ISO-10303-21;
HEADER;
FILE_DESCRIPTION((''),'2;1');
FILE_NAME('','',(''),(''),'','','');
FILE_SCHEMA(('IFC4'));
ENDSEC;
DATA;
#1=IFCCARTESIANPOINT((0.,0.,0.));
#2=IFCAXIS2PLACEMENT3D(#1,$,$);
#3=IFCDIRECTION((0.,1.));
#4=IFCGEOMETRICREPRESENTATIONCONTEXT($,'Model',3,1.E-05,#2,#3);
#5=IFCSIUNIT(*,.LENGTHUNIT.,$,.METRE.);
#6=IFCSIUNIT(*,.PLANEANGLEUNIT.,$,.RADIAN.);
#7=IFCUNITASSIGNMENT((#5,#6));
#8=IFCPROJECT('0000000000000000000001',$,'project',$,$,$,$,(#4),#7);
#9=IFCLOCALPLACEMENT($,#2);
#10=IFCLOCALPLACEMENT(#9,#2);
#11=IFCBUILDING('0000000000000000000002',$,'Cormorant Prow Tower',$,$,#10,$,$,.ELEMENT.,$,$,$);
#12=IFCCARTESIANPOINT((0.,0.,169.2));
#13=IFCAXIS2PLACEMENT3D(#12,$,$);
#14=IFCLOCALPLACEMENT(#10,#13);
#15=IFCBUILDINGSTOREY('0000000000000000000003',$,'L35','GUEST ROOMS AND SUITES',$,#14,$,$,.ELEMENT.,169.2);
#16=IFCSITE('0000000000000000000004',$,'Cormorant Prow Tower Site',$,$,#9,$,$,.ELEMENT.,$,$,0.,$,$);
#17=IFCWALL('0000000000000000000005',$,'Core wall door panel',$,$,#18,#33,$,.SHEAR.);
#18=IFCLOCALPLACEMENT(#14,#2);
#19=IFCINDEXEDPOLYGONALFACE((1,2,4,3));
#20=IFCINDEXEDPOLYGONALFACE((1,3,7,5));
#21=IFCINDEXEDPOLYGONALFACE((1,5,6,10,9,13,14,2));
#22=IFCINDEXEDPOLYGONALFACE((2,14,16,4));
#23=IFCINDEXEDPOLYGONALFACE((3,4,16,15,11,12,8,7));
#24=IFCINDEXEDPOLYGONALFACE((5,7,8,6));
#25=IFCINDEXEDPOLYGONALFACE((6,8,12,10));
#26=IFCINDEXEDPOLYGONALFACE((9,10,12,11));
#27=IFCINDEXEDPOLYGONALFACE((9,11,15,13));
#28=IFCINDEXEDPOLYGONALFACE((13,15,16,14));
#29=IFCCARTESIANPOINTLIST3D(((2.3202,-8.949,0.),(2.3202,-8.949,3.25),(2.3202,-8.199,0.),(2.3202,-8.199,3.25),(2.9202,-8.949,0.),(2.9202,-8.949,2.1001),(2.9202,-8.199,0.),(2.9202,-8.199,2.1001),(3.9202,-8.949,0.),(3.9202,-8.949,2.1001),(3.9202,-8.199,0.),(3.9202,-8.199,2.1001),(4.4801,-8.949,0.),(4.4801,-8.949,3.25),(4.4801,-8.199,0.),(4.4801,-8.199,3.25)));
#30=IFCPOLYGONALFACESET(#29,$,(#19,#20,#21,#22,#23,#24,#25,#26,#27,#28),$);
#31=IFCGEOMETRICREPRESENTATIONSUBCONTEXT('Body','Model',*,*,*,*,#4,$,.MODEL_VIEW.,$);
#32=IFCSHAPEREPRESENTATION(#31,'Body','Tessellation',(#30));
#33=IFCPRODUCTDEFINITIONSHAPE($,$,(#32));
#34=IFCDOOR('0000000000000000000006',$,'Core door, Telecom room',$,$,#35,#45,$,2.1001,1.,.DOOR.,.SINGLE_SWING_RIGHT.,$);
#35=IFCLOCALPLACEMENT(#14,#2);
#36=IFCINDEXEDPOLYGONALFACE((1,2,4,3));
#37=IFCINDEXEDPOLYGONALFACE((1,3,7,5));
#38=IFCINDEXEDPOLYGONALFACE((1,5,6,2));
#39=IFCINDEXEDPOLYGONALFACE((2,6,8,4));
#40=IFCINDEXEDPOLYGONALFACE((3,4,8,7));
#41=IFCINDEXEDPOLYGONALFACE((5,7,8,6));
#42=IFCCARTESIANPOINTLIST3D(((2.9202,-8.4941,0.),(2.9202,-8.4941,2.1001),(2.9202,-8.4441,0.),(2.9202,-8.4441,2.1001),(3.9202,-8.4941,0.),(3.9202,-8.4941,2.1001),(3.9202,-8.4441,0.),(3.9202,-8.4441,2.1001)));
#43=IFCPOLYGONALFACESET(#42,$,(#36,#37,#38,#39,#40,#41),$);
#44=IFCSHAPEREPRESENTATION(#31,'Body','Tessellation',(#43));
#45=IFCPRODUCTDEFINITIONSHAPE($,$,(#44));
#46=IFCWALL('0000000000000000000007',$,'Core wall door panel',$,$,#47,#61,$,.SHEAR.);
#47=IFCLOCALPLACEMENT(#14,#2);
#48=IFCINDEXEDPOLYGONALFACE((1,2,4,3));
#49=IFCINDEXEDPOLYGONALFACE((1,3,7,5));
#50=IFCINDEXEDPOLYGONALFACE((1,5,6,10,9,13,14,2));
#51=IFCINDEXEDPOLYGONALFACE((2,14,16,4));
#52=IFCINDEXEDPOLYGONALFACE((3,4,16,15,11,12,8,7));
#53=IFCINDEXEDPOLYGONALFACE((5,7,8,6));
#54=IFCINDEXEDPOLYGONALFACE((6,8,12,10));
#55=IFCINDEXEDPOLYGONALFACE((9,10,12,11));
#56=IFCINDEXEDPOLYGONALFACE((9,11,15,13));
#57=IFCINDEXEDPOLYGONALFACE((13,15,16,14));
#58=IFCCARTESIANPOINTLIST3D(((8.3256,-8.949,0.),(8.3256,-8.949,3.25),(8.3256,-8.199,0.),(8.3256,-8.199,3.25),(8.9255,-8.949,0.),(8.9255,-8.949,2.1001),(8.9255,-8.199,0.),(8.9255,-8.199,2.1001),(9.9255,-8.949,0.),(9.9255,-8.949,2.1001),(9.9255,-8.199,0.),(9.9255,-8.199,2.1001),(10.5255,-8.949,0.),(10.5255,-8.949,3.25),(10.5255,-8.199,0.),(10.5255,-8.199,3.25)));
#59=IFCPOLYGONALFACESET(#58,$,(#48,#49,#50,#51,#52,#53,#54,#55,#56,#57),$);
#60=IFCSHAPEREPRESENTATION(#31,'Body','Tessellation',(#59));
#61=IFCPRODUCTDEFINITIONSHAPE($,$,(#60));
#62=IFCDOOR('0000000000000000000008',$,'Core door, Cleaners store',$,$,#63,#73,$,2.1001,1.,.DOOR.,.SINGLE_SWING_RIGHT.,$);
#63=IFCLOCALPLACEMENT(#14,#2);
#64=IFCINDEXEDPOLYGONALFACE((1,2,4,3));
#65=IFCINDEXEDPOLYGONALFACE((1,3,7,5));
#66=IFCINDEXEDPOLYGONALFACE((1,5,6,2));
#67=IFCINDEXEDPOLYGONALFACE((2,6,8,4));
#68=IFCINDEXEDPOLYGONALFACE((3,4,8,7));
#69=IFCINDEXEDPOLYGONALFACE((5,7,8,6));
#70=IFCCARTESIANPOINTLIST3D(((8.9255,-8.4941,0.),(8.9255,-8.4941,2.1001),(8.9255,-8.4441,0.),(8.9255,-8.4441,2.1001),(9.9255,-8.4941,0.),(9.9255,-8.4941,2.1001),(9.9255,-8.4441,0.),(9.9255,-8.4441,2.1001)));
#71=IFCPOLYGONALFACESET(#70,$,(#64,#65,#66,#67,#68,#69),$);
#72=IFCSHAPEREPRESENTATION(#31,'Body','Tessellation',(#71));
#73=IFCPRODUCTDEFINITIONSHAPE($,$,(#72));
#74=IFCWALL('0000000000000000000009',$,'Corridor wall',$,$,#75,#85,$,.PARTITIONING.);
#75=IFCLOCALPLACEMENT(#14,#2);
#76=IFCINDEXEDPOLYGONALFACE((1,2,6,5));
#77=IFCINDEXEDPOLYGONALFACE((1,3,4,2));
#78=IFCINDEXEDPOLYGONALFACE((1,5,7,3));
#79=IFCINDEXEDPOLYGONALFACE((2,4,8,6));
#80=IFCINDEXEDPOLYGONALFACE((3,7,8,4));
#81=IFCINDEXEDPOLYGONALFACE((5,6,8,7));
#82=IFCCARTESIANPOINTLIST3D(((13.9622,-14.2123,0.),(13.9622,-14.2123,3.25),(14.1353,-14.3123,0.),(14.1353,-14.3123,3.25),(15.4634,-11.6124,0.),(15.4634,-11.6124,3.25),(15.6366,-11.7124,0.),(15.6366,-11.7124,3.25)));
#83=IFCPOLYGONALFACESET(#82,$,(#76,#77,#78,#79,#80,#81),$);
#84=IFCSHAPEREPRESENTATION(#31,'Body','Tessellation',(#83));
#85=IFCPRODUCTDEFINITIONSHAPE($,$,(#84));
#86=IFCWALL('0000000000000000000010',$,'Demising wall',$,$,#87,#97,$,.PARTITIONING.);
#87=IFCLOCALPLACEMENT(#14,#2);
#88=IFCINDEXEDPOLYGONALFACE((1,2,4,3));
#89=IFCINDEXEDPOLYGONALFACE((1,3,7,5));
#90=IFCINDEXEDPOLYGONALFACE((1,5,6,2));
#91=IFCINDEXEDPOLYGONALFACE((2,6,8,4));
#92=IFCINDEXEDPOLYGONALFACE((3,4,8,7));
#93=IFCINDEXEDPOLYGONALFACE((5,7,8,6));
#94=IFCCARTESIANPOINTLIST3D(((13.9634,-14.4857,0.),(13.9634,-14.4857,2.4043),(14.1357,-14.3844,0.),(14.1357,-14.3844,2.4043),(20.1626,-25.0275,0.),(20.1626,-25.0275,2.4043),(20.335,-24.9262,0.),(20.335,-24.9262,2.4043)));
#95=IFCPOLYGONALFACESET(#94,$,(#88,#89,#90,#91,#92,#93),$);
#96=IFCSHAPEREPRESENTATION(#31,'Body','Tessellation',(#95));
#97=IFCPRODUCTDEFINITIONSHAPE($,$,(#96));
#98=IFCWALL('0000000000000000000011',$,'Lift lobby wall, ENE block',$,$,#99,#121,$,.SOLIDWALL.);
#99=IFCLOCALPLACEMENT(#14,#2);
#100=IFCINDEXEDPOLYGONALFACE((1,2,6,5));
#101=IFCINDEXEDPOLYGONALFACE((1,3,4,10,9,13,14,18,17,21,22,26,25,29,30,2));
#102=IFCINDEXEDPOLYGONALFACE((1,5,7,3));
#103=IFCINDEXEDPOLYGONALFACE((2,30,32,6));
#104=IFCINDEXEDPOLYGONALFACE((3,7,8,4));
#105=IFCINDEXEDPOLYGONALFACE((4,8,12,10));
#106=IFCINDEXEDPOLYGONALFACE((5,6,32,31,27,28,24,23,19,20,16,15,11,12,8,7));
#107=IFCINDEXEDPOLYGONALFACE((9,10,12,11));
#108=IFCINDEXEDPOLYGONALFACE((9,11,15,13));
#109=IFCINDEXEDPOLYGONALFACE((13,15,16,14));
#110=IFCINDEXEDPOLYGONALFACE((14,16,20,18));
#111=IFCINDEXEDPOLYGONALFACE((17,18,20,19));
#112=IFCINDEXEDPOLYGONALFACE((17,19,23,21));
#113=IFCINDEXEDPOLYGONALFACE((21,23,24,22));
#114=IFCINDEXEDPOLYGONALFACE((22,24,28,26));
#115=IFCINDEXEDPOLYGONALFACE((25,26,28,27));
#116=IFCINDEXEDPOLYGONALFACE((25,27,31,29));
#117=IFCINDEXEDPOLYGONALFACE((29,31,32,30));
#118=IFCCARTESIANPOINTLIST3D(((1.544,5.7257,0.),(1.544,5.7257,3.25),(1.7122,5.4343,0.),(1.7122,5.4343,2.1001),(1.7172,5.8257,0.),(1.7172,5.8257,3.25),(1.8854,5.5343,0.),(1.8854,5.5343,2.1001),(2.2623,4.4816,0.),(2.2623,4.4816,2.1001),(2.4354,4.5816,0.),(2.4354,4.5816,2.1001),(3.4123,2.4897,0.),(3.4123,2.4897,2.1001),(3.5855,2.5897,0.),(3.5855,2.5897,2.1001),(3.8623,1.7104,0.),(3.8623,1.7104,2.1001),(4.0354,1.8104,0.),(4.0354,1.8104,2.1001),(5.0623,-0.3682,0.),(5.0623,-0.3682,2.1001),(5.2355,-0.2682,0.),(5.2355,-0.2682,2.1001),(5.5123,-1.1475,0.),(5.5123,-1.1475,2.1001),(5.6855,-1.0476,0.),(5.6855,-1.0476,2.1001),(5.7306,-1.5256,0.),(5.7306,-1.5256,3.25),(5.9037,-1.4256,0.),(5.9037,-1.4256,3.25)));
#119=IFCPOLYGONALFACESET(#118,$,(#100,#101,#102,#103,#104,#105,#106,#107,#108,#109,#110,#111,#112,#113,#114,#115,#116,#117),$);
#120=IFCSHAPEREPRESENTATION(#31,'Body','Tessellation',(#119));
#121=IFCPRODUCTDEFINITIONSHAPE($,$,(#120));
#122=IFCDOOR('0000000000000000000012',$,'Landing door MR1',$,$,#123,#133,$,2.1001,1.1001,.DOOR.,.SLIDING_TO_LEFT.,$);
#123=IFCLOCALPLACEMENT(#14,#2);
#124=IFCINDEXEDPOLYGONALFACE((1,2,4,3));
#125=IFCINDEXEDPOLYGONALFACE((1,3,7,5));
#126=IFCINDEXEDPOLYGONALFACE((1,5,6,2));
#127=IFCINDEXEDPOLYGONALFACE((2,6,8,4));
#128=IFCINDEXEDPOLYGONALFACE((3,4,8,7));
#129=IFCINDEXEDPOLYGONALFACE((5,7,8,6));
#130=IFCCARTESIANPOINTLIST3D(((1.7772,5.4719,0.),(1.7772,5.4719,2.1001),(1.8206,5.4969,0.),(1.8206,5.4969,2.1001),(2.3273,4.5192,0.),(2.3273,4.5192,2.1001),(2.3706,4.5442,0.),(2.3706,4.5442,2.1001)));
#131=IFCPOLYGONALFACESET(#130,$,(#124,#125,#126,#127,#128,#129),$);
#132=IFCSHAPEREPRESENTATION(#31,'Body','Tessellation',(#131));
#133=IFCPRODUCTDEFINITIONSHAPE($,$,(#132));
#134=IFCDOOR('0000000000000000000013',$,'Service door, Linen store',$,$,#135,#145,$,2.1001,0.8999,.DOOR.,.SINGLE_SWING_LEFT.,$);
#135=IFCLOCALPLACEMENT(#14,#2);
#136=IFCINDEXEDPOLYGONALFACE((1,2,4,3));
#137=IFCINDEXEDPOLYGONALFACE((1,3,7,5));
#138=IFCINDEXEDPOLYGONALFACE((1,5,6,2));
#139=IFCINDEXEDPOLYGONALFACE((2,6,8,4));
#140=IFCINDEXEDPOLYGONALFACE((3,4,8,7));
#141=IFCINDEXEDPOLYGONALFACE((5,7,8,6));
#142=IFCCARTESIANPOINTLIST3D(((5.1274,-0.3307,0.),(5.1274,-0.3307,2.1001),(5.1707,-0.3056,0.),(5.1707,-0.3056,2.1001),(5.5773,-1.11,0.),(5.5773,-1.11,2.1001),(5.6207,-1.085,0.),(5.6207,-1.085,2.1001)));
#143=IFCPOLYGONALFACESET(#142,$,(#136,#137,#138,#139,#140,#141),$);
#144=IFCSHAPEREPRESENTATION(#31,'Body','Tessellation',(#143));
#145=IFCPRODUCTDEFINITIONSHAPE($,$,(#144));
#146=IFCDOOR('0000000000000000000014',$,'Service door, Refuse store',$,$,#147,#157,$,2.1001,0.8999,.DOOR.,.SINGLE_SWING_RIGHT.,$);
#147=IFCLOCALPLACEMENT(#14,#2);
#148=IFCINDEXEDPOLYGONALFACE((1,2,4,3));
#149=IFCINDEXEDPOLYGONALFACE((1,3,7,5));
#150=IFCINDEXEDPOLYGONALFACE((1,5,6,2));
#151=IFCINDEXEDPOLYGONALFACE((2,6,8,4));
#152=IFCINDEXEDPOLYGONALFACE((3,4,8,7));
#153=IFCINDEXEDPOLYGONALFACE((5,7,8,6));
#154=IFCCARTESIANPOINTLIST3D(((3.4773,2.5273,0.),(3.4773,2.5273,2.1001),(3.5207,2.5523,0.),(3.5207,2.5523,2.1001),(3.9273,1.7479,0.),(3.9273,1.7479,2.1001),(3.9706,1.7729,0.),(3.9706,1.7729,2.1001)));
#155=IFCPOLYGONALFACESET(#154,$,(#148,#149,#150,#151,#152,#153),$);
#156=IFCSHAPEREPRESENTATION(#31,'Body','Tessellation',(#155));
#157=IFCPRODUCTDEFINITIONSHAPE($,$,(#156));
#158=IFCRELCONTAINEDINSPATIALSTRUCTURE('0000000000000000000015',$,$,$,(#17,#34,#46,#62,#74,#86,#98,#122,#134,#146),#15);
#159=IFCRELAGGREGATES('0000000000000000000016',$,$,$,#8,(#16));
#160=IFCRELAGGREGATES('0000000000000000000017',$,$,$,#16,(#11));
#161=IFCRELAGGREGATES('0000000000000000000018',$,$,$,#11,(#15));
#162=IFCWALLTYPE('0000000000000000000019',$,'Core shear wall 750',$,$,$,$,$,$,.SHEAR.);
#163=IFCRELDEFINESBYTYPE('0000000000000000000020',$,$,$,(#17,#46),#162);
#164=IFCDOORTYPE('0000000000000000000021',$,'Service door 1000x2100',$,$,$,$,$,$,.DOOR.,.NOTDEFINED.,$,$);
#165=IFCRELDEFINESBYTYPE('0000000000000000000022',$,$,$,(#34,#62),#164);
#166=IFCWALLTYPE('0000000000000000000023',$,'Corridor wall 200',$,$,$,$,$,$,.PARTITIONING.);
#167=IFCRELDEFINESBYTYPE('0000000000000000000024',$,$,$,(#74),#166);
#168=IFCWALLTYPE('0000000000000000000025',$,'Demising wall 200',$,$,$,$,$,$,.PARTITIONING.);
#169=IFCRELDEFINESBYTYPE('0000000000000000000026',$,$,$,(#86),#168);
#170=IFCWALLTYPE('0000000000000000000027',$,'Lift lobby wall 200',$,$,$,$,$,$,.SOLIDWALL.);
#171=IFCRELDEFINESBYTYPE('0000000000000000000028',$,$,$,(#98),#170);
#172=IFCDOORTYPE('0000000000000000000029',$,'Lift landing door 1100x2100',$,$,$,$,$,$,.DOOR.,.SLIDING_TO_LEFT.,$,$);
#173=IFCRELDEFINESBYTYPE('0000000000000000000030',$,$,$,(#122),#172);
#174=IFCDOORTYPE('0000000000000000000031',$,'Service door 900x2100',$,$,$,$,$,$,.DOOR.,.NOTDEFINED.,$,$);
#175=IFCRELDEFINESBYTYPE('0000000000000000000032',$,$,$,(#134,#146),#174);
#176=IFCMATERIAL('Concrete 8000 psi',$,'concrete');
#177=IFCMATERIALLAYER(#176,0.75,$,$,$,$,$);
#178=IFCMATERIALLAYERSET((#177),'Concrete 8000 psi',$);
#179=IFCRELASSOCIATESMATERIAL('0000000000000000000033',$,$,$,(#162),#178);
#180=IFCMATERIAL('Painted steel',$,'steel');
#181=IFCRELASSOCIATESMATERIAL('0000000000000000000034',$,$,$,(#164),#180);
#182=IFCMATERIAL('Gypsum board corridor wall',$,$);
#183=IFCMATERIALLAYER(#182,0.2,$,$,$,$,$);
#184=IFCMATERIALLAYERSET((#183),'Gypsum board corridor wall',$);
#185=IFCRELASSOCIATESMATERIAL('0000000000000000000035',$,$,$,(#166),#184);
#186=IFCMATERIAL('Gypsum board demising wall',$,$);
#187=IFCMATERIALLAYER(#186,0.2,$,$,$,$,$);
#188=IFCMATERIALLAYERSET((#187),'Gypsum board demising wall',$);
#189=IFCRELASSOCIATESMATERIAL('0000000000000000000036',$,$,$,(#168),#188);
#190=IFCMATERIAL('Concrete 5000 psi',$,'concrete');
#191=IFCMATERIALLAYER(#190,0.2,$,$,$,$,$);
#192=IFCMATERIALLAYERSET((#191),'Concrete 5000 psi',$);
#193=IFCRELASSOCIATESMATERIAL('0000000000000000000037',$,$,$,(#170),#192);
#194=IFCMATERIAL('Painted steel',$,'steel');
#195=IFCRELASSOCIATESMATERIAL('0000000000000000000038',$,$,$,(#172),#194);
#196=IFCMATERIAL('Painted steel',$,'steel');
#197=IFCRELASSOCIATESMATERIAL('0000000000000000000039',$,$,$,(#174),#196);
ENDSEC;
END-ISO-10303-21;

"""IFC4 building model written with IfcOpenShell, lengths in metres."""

from ifc_helpers import new_model, si_unit, direction, frame, frame_2d, origin, place, context, subcontext, project, spatial, rectangle, extrude, material, layer, layer_set, type_object, element, fill, save


model = new_model("IFC4")

# Units and contexts
model_context = context("Model", 3, precision=1e-05, world=origin(), true_north=direction((0.0, 1.0)))
body_context = subcontext(model_context, "Body", "Model", "MODEL_VIEW")
ifc_project = project(units=[si_unit("LENGTHUNIT", "METRE"), si_unit("PLANEANGLEUNIT", "RADIAN")], contexts=[model_context])

# Site, building, storey
site_placement = place(None, origin())
site = spatial("IfcSite", under=ifc_project, at=site_placement, Name="Cormorant Prow Tower Site", CompositionType="ELEMENT", RefElevation=0.0)
building_placement = place(site_placement, origin())
building = spatial("IfcBuilding", under=site, at=building_placement, Name="Cormorant Prow Tower", CompositionType="ELEMENT")
storey_placement = place(building_placement, frame((0.0, 0.0, 169.2)))
storey = spatial("IfcBuildingStorey", under=building, at=storey_placement, Name="L35", Description="GUEST ROOMS AND SUITES", CompositionType="ELEMENT", Elevation=169.2)

# Shared definitions
ifc_material_1 = material(Name="Concrete 8000 psi", Category="concrete")
ifc_layer_1 = layer(ifc_material_1, 0.75)
ifc_layer_set_1 = layer_set([ifc_layer_1], Name="Concrete 8000 psi")
wall_type_1 = type_object("IfcWallType", Name="Core shear wall 750", PredefinedType="SHEAR", material=ifc_layer_set_1)

# Walls, openings, doors
wall_1_placement = place(storey_placement, frame((2.3201, -8.574, 0.0), z_axis=(0.0, 0.0, 1.0), x_axis=(1.0, 0.0, 0.0)))
wall_1 = element("IfcWall", 1, at=wall_1_placement, inside=storey, type_object=wall_type_1, Name="Core wall door panel", PredefinedType="SHEAR", context=body_context, shape_type="SweptSolid", body=[
    extrude(rectangle(XDim=2.1599, YDim=0.75, at=frame_2d((1.0801, 0.0))), origin(), (0.0, 0.0, 1.0), 3.25),
])
opening_1_placement = place(wall_1_placement, frame((0.6001, 0.0, 0.0)))
opening_1 = element("IfcOpeningElement", 2, at=opening_1_placement, cuts=wall_1, PredefinedType="OPENING", context=body_context, shape_type="SweptSolid", body=[
    extrude(rectangle(XDim=1.0, YDim=2.1001, at=frame_2d((0.5, 1.05))), frame((0.0, 0.385, 0.0), z_axis=(0.0, -1.0, 0.0), x_axis=(1.0, 0.0, 0.0)), (0.0, 0.0, 1.0), 0.77),
])
ifc_material_2 = material(Name="Painted steel", Category="steel")
door_type_1 = type_object("IfcDoorType", Name="Service door 1000x2100", OperationType="NOTDEFINED", PredefinedType="DOOR", material=ifc_material_2)
door_1_placement = place(opening_1_placement, origin())
door_1 = element("IfcDoor", 3, at=door_1_placement, inside=storey, type_object=door_type_1, Name="Core door, Telecom room", OperationType="SINGLE_SWING_RIGHT", OverallHeight=2.1001, OverallWidth=1.0, PredefinedType="DOOR", context=body_context, shape_type="SweptSolid", body=[
    extrude(rectangle(XDim=1.0, YDim=2.1001, at=frame_2d((0.5, 1.05))), frame((0.0, 0.1299, 0.0), z_axis=(0.0, -1.0, 0.0), x_axis=(1.0, 0.0, 0.0)), (0.0, 0.0, 1.0), 0.05),
])
fill(opening_1, door_1)
wall_2_placement = place(storey_placement, frame((8.3254, -8.574, 0.0), z_axis=(0.0, 0.0, 1.0), x_axis=(1.0, 0.0, 0.0)))
wall_2 = element("IfcWall", 4, at=wall_2_placement, inside=storey, type_object=wall_type_1, Name="Core wall door panel", PredefinedType="SHEAR", context=body_context, shape_type="SweptSolid", body=[
    extrude(rectangle(XDim=2.2, YDim=0.75, at=frame_2d((1.1001, 0.0))), origin(), (0.0, 0.0, 1.0), 3.25),
])
opening_2_placement = place(wall_2_placement, frame((0.6001, 0.0, 0.0)))
opening_2 = element("IfcOpeningElement", 5, at=opening_2_placement, cuts=wall_2, PredefinedType="OPENING", context=body_context, shape_type="SweptSolid", body=[
    extrude(rectangle(XDim=1.0, YDim=2.1001, at=frame_2d((0.5, 1.05))), frame((0.0, 0.385, 0.0), z_axis=(0.0, -1.0, 0.0), x_axis=(1.0, 0.0, 0.0)), (0.0, 0.0, 1.0), 0.77),
])
door_2_placement = place(opening_2_placement, origin())
door_2 = element("IfcDoor", 6, at=door_2_placement, inside=storey, type_object=door_type_1, Name="Core door, Cleaners store", OperationType="SINGLE_SWING_RIGHT", OverallHeight=2.1001, OverallWidth=1.0, PredefinedType="DOOR", context=body_context, shape_type="SweptSolid", body=[
    extrude(rectangle(XDim=1.0, YDim=2.1001, at=frame_2d((0.5, 1.05))), frame((0.0, 0.1299, 0.0), z_axis=(0.0, -1.0, 0.0), x_axis=(1.0, 0.0, 0.0)), (0.0, 0.0, 1.0), 0.05),
])
fill(opening_2, door_2)

# Walls
ifc_material_3 = material(Name="Gypsum board corridor wall")
ifc_layer_2 = layer(ifc_material_3, 0.2)
ifc_layer_set_2 = layer_set([ifc_layer_2], Name="Gypsum board corridor wall")
wall_type_2 = type_object("IfcWallType", Name="Corridor wall 200", PredefinedType="PARTITIONING", material=ifc_layer_set_2)
wall_3_placement = place(storey_placement, frame((14.0488, -14.2622, 0.0), z_axis=(0.0, 0.0, 1.0), x_axis=(0.500049, 0.865997, 0.0)))
element("IfcWall", 7, at=wall_3_placement, inside=storey, type_object=wall_type_2, Name="Corridor wall", PredefinedType="PARTITIONING", context=body_context, shape_type="SweptSolid", body=[
    extrude(rectangle(XDim=3.0022, YDim=0.2, at=frame_2d((1.501, 0.0))), origin(), (0.0, 0.0, 1.0), 3.25),
])
ifc_material_4 = material(Name="Gypsum board demising wall")
ifc_layer_3 = layer(ifc_material_4, 0.2)
ifc_layer_set_3 = layer_set([ifc_layer_3], Name="Gypsum board demising wall")
wall_type_3 = type_object("IfcWallType", Name="Demising wall 200", PredefinedType="PARTITIONING", material=ifc_layer_set_3)
wall_4_placement = place(storey_placement, frame((14.0496, -14.4351, 0.0), z_axis=(0.0, 0.0, 1.0), x_axis=(0.50691, -0.861999, 0.0)))
element("IfcWall", 8, at=wall_4_placement, inside=storey, type_object=wall_type_3, Name="Demising wall", PredefinedType="PARTITIONING", context=body_context, shape_type="SweptSolid", body=[
    extrude(rectangle(XDim=12.2295, YDim=0.2, at=frame_2d((6.1147, 0.0))), origin(), (0.0, 0.0, 1.0), 2.4043),
])

# Wall, openings, doors
ifc_material_5 = material(Name="Concrete 5000 psi", Category="concrete")
ifc_layer_4 = layer(ifc_material_5, 0.2)
ifc_layer_set_4 = layer_set([ifc_layer_4], Name="Concrete 5000 psi")
wall_type_4 = type_object("IfcWallType", Name="Lift lobby wall 200", PredefinedType="SOLIDWALL", material=ifc_layer_set_4)
wall_5_placement = place(storey_placement, frame((5.8171, -1.4756, 0.0), z_axis=(0.0, 0.0, 1.0), x_axis=(-0.500003, 0.866024, 0.0)))
wall_5 = element("IfcWall", 9, at=wall_5_placement, inside=storey, type_object=wall_type_4, Name="Lift lobby wall, ENE block", PredefinedType="SOLIDWALL", context=body_context, shape_type="SweptSolid", body=[
    extrude(rectangle(XDim=8.373, YDim=0.2, at=frame_2d((4.1865, 0.0))), origin(), (0.0, 0.0, 1.0), 3.25),
])
opening_3_placement = place(wall_5_placement, frame((0.4365, 0.0, 0.0)))
opening_3 = element("IfcOpeningElement", 10, at=opening_3_placement, cuts=wall_5, PredefinedType="OPENING", context=body_context, shape_type="SweptSolid", body=[
    extrude(rectangle(XDim=0.8999, YDim=2.1001, at=frame_2d((0.45, 1.05))), frame((0.0, 0.1099, 0.0), z_axis=(0.0, -1.0, 0.0), x_axis=(1.0, 0.0, 0.0)), (0.0, 0.0, 1.0), 0.22),
])
opening_4_placement = place(wall_5_placement, frame((3.7366, 0.0, 0.0)))
opening_4 = element("IfcOpeningElement", 11, at=opening_4_placement, cuts=wall_5, PredefinedType="OPENING", context=body_context, shape_type="SweptSolid", body=[
    extrude(rectangle(XDim=0.8999, YDim=2.1001, at=frame_2d((0.45, 1.05))), frame((0.0, 0.1099, 0.0), z_axis=(0.0, -1.0, 0.0), x_axis=(1.0, 0.0, 0.0)), (0.0, 0.0, 1.0), 0.22),
])
opening_5_placement = place(wall_5_placement, frame((6.9365, 0.0, 0.0)))
opening_5 = element("IfcOpeningElement", 12, at=opening_5_placement, cuts=wall_5, PredefinedType="OPENING", context=body_context, shape_type="SweptSolid", body=[
    extrude(rectangle(XDim=1.1001, YDim=2.1001, at=frame_2d((0.55, 1.05))), frame((0.0, 0.1099, 0.0), z_axis=(0.0, -1.0, 0.0), x_axis=(1.0, 0.0, 0.0)), (0.0, 0.0, 1.0), 0.22),
])
ifc_material_6 = material(Name="Painted steel", Category="steel")
door_type_2 = type_object("IfcDoorType", Name="Lift landing door 1100x2100", OperationType="SLIDING_TO_LEFT", PredefinedType="DOOR", material=ifc_material_6)
door_3_placement = place(opening_5_placement, origin())
door_3 = element("IfcDoor", 13, at=door_3_placement, inside=storey, type_object=door_type_2, Name="Landing door MR1", OperationType="SLIDING_TO_LEFT", OverallHeight=2.1001, OverallWidth=1.1001, PredefinedType="DOOR", context=body_context, shape_type="SweptSolid", body=[
    extrude(rectangle(XDim=1.1001, YDim=2.1001, at=frame_2d((0.55, 1.05))), frame((0.0, 0.0249, 0.0), z_axis=(0.0, -1.0, 0.0), x_axis=(1.0, 0.0, 0.0)), (0.0, 0.0, 1.0), 0.05),
])
fill(opening_5, door_3)
ifc_material_7 = material(Name="Painted steel", Category="steel")
door_type_3 = type_object("IfcDoorType", Name="Service door 900x2100", OperationType="NOTDEFINED", PredefinedType="DOOR", material=ifc_material_7)
door_4_placement = place(opening_3_placement, origin())
door_4 = element("IfcDoor", 14, at=door_4_placement, inside=storey, type_object=door_type_3, Name="Service door, Linen store", OperationType="SINGLE_SWING_LEFT", OverallHeight=2.1001, OverallWidth=0.8999, PredefinedType="DOOR", context=body_context, shape_type="SweptSolid", body=[
    extrude(rectangle(XDim=0.8999, YDim=2.1001, at=frame_2d((0.45, 1.05))), frame((0.0, 0.0249, 0.0), z_axis=(0.0, -1.0, 0.0), x_axis=(1.0, 0.0, 0.0)), (0.0, 0.0, 1.0), 0.05),
])
fill(opening_3, door_4)
door_5_placement = place(opening_4_placement, origin())
door_5 = element("IfcDoor", 15, at=door_5_placement, inside=storey, type_object=door_type_3, Name="Service door, Refuse store", OperationType="SINGLE_SWING_RIGHT", OverallHeight=2.1001, OverallWidth=0.8999, PredefinedType="DOOR", context=body_context, shape_type="SweptSolid", body=[
    extrude(rectangle(XDim=0.8999, YDim=2.1001, at=frame_2d((0.45, 1.05))), frame((0.0, 0.0249, 0.0), z_axis=(0.0, -1.0, 0.0), x_axis=(1.0, 0.0, 0.0)), (0.0, 0.0, 1.0), 0.05),
])
fill(opening_4, door_5)

save(model, "model.ifc")
